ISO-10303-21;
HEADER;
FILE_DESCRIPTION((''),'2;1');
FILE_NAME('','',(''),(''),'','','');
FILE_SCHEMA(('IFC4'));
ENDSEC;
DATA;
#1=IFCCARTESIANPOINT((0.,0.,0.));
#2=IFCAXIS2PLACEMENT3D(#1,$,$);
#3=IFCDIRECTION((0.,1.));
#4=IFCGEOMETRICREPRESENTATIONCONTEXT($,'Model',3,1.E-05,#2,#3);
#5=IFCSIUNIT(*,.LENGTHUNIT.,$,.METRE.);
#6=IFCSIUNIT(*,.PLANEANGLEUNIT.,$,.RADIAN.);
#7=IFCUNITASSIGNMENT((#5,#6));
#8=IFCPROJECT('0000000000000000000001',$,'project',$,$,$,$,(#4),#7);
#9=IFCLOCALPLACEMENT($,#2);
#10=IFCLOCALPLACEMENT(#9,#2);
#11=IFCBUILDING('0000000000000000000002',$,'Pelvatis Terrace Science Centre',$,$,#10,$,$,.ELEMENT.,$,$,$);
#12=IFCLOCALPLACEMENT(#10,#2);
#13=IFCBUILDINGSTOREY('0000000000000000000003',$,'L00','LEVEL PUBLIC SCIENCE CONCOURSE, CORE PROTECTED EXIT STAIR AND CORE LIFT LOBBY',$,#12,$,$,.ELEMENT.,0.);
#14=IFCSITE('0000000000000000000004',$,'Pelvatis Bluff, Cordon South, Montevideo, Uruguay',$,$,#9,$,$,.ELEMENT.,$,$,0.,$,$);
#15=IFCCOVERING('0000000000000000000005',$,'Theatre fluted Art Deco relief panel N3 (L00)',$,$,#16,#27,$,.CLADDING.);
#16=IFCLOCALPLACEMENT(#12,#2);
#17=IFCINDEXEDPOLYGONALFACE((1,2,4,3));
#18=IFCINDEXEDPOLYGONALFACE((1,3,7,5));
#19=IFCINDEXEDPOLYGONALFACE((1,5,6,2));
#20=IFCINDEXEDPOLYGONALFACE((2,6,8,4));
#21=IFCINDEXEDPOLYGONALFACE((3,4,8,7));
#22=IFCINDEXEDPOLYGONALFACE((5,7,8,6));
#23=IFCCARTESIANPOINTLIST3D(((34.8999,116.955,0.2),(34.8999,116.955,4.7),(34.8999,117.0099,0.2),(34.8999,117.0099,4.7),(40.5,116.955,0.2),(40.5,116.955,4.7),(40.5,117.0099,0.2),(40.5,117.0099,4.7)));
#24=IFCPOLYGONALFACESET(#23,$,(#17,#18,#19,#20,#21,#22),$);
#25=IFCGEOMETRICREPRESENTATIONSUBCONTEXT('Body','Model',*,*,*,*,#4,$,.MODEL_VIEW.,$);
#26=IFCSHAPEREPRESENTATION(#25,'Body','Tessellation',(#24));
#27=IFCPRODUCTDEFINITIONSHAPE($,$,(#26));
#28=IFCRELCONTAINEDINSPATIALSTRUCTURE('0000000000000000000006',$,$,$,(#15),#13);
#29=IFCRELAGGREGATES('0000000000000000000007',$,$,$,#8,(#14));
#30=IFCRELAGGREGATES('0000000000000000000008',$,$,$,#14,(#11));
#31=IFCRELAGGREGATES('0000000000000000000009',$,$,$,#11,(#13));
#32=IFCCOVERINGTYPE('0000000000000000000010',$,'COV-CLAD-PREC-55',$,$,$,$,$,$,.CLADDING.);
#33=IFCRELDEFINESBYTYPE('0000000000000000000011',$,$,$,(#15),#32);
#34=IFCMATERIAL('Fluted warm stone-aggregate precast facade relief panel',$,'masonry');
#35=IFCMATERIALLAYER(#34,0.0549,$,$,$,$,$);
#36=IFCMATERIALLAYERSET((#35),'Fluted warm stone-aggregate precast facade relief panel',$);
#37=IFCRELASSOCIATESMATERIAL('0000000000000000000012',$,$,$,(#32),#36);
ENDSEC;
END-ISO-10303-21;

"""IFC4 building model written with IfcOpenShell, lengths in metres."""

from ifc_helpers import new_model, si_unit, direction, frame, origin, origin_2d, place, context, subcontext, project, spatial, rectangle, extrude, material, layer, layer_set, type_object, element, save


model = new_model("IFC4")

# Units and contexts
model_context = context("Model", 3, precision=1e-05, world=origin(), true_north=direction((0.0, 1.0)))
body_context = subcontext(model_context, "Body", "Model", "MODEL_VIEW")
ifc_project = project(units=[si_unit("LENGTHUNIT", "METRE"), si_unit("PLANEANGLEUNIT", "RADIAN")], contexts=[model_context])

# Site, building, storey
site_placement = place(None, origin())
site = spatial("IfcSite", under=ifc_project, at=site_placement, Name="Pelvatis Bluff, Cordon South, Montevideo, Uruguay", CompositionType="ELEMENT", RefElevation=0.0)
building_placement = place(site_placement, origin())
building = spatial("IfcBuilding", under=site, at=building_placement, Name="Pelvatis Terrace Science Centre", CompositionType="ELEMENT")
storey_placement = place(building_placement, origin())
storey = spatial("IfcBuildingStorey", under=building, at=storey_placement, Name="L00", Description="LEVEL PUBLIC SCIENCE CONCOURSE, CORE PROTECTED EXIT STAIR AND CORE LIFT LOBBY", CompositionType="ELEMENT", Elevation=0.0)

# Covering
ifc_material_1 = material(Name="Fluted warm stone-aggregate precast facade relief panel", Category="masonry")
ifc_layer_1 = layer(ifc_material_1, 0.0549)
ifc_layer_set_1 = layer_set([ifc_layer_1], Name="Fluted warm stone-aggregate precast facade relief panel")
covering_type_1 = type_object("IfcCoveringType", Name="COV-CLAD-PREC-55", PredefinedType="CLADDING", material=ifc_layer_set_1)
covering_1_placement = place(storey_placement, frame((37.7, 116.9824, 0.2), z_axis=(0.0, 0.0, 1.0), x_axis=(1.0, 0.0, 0.0)))
element("IfcCovering", 1, at=covering_1_placement, inside=storey, type_object=covering_type_1, Name="Theatre fluted Art Deco relief panel N3 (L00)", PredefinedType="CLADDING", context=body_context, shape_type="SweptSolid", body=[
    extrude(rectangle(XDim=5.6001, YDim=0.0549, at=origin_2d()), origin(), (0.0, 0.0, 1.0), 4.5),
])

save(model, "model.ifc")
